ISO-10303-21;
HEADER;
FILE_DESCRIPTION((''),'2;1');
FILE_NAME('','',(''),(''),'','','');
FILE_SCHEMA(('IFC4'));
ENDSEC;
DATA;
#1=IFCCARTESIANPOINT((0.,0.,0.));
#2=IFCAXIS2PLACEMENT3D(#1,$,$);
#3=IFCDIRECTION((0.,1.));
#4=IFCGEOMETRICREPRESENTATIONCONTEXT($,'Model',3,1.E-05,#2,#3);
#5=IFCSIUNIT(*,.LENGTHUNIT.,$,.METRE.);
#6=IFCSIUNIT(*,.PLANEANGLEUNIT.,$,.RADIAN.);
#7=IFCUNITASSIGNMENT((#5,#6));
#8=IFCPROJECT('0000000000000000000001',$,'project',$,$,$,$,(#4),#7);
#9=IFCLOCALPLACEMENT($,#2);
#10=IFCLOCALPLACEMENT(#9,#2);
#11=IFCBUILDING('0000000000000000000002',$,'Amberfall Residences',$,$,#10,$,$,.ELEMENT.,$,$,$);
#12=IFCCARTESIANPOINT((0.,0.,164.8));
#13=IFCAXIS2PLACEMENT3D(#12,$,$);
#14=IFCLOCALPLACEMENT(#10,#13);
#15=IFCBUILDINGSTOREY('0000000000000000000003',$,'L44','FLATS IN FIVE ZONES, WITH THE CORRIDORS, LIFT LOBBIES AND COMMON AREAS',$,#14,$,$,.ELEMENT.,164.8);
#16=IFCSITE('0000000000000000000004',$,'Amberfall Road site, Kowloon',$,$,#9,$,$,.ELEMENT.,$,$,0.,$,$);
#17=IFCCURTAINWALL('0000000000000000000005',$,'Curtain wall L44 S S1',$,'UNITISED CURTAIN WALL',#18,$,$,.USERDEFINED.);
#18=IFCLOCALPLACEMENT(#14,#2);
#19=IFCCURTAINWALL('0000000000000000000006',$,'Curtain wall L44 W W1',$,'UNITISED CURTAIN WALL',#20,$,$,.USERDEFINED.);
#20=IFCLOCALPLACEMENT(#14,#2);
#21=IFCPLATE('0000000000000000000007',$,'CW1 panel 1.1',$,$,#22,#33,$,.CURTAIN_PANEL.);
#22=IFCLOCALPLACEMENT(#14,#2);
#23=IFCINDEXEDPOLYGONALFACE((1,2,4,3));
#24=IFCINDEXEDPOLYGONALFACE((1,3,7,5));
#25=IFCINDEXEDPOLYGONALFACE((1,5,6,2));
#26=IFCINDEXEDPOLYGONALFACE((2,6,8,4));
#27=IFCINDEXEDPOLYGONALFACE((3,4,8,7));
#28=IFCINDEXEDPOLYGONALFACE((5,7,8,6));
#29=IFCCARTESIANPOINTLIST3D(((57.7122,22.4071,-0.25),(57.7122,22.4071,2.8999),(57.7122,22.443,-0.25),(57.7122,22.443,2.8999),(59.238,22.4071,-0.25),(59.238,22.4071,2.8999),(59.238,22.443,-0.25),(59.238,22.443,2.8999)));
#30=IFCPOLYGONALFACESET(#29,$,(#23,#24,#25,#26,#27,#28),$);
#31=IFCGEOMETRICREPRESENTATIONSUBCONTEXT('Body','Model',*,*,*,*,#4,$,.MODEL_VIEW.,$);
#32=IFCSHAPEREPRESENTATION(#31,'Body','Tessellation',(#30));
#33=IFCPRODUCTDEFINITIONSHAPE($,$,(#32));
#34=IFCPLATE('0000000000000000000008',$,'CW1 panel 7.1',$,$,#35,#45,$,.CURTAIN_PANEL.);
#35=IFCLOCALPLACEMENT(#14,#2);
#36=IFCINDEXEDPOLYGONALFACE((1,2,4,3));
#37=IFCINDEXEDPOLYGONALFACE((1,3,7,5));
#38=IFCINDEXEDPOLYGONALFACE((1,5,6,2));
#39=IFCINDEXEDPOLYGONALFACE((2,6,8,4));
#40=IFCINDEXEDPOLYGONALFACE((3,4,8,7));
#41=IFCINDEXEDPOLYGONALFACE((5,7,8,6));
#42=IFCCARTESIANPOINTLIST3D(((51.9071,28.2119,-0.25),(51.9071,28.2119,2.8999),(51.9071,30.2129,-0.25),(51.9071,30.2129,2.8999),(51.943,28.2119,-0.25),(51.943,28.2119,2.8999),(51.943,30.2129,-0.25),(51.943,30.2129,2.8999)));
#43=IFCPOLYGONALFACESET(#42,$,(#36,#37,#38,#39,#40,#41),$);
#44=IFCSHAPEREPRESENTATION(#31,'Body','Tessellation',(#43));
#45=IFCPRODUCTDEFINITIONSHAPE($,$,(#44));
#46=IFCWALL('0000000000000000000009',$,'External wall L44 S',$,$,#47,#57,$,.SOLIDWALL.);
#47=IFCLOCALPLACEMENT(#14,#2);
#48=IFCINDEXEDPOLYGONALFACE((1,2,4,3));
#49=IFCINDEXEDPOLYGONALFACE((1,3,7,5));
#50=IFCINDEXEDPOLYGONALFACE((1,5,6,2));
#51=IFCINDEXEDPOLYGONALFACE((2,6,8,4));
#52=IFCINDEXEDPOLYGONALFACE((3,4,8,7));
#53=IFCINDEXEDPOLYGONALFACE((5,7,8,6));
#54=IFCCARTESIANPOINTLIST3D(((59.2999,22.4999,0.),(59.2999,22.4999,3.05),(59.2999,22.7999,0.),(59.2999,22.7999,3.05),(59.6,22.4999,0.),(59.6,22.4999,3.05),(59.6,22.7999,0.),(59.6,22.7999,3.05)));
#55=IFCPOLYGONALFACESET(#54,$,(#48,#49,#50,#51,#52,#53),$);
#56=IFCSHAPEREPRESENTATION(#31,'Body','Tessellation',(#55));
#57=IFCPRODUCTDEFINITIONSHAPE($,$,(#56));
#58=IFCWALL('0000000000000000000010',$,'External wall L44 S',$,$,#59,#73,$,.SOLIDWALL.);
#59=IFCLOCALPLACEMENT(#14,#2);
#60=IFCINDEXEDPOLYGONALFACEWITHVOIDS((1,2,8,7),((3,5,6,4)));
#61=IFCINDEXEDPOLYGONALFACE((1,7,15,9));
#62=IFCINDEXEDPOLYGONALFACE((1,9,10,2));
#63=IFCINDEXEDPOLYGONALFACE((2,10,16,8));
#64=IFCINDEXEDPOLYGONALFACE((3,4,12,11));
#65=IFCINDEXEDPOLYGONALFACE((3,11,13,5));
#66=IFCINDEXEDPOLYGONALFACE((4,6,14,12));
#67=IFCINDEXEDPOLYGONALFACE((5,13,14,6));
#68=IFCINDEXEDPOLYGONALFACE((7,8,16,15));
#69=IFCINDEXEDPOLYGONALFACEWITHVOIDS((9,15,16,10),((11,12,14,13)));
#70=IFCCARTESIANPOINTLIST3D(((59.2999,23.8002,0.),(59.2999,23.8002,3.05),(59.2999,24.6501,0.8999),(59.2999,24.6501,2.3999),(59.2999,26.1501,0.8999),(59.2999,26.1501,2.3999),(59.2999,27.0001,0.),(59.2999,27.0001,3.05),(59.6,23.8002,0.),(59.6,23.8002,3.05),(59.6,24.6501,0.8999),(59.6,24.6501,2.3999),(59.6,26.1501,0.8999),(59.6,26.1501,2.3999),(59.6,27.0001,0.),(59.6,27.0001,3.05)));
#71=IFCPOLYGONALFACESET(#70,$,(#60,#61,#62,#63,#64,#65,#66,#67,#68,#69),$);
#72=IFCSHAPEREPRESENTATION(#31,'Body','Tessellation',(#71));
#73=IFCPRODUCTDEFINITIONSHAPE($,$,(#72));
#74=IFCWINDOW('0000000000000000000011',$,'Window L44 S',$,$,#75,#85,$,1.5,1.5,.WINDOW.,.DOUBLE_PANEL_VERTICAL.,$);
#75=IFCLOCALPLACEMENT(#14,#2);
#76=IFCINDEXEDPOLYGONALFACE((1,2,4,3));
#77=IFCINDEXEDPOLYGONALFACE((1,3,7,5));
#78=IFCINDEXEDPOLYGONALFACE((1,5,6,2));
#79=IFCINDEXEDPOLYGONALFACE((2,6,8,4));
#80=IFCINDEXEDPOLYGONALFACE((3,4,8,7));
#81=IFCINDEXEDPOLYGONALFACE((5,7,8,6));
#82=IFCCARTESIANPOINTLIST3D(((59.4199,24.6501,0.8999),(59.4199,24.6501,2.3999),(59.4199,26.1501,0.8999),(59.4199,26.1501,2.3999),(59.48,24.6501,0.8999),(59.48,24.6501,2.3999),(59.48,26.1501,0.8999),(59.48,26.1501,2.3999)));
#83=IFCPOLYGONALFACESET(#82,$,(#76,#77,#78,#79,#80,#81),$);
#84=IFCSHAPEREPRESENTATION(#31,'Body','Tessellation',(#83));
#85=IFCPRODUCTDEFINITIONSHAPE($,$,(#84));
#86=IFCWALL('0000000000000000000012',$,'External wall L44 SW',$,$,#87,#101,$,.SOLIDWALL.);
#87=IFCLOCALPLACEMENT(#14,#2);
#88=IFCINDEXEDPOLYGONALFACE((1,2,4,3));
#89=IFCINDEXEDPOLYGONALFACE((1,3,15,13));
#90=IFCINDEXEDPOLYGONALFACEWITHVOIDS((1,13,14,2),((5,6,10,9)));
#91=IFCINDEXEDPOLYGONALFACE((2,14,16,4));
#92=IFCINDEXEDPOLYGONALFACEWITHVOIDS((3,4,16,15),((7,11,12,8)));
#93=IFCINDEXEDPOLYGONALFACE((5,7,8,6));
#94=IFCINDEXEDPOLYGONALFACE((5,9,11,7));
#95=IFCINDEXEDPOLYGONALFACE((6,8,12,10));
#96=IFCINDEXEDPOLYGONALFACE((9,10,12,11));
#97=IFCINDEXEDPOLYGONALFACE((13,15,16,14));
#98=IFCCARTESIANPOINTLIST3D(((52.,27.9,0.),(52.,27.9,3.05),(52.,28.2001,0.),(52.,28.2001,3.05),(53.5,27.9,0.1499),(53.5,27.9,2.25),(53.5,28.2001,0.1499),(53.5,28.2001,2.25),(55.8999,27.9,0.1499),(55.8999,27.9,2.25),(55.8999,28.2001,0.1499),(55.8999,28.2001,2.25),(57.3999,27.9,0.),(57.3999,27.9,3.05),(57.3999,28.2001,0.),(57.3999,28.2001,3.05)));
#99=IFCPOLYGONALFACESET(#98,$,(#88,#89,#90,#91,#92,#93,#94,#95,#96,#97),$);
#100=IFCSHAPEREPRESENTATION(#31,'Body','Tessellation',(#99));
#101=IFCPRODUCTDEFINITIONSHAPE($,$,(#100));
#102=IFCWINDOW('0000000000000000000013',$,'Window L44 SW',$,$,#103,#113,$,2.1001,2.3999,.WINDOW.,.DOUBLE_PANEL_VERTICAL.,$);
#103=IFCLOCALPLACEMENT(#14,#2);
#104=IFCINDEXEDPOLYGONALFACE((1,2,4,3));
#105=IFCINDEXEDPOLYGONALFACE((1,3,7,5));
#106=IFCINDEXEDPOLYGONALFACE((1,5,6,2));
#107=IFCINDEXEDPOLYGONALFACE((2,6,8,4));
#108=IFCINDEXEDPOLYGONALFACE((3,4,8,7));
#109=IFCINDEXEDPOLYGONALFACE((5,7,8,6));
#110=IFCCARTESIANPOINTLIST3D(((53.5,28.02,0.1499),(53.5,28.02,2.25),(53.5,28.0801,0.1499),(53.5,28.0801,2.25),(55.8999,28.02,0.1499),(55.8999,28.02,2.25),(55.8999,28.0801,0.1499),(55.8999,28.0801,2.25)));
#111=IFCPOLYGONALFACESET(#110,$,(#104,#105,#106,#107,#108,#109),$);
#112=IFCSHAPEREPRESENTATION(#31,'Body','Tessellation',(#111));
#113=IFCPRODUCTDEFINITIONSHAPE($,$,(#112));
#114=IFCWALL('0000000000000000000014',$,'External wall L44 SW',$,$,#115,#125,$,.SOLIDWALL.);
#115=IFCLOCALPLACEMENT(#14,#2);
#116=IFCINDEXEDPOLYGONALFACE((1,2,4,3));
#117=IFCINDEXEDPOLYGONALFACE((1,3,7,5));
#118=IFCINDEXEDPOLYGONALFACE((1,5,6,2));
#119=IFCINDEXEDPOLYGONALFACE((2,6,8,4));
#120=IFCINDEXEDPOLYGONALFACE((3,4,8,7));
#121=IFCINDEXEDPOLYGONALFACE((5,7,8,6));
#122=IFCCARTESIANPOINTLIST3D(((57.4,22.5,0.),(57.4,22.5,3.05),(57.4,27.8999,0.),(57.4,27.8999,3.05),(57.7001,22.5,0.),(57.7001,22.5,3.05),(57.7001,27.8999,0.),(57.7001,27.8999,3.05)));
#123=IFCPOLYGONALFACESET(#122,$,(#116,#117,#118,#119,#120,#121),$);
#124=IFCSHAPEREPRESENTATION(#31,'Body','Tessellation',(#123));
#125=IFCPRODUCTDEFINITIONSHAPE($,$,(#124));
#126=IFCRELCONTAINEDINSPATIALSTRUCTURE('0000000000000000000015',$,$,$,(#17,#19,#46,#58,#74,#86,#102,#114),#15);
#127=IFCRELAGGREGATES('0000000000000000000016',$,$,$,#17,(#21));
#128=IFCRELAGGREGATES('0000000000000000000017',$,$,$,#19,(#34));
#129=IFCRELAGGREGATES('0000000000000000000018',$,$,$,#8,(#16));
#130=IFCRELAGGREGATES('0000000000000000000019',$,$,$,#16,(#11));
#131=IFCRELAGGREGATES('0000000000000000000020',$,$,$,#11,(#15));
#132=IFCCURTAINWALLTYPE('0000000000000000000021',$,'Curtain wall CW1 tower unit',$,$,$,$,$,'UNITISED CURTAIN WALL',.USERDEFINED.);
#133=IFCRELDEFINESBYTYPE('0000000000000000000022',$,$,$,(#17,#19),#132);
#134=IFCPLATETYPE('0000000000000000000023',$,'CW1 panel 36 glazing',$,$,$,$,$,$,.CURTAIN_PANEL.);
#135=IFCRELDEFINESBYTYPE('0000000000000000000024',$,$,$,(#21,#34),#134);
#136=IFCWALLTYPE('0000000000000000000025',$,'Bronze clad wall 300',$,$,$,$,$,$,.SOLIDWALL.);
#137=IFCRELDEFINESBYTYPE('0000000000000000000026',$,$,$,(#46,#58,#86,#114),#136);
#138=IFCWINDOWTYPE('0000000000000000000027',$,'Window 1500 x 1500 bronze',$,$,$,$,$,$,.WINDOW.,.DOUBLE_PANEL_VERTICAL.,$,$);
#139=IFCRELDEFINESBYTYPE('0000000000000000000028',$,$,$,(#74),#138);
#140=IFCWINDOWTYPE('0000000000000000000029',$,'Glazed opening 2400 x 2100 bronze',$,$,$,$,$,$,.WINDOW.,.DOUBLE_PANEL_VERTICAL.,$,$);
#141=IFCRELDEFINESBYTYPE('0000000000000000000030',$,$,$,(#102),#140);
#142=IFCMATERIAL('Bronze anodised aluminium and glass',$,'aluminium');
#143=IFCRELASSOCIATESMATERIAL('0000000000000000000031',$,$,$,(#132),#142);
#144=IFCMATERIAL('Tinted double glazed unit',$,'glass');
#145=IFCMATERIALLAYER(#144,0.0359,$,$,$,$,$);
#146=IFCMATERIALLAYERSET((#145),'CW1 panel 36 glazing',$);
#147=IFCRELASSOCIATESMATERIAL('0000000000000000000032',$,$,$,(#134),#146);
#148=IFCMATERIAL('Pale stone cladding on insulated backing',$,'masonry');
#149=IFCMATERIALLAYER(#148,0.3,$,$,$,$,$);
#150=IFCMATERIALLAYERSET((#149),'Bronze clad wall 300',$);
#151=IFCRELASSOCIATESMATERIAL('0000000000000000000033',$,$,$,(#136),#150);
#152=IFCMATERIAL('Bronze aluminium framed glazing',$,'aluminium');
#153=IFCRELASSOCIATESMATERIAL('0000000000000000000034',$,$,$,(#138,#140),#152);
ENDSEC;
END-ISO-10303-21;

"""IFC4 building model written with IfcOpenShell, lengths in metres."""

from ifc_helpers import new_model, si_unit, direction, frame, frame_2d, origin, origin_2d, place, context, subcontext, project, spatial, rectangle, extrude, material, layer, layer_set, type_object, element, fill, aggregate, save


model = new_model("IFC4")

# Units and contexts
model_context = context("Model", 3, precision=1e-05, world=origin(), true_north=direction((0.0, 1.0)))
body_context = subcontext(model_context, "Body", "Model", "MODEL_VIEW")
ifc_project = project(units=[si_unit("LENGTHUNIT", "METRE"), si_unit("PLANEANGLEUNIT", "RADIAN")], contexts=[model_context])

# Site, building, storey
site_placement = place(None, origin())
site = spatial("IfcSite", under=ifc_project, at=site_placement, Name="Amberfall Road site, Kowloon", CompositionType="ELEMENT", RefElevation=0.0)
building_placement = place(site_placement, origin())
building = spatial("IfcBuilding", under=site, at=building_placement, Name="Amberfall Residences", CompositionType="ELEMENT")
storey_placement = place(building_placement, frame((0.0, 0.0, 164.8)))
storey = spatial("IfcBuildingStorey", under=building, at=storey_placement, Name="L44", Description="FLATS IN FIVE ZONES, WITH THE CORRIDORS, LIFT LOBBIES AND COMMON AREAS", CompositionType="ELEMENT", Elevation=164.8)

# Curtain walls
ifc_material_1 = material(Name="Bronze anodised aluminium and glass", Category="aluminium")
curtain_wall_type = type_object("IfcCurtainWallType", Name="Curtain wall CW1 tower unit", ElementType="UNITISED CURTAIN WALL", PredefinedType="USERDEFINED", material=ifc_material_1)
curtain_wall_1_placement = place(storey_placement, origin())
curtain_wall_1 = element("IfcCurtainWall", 1, at=curtain_wall_1_placement, inside=storey, type_object=curtain_wall_type, Name="Curtain wall L44 S S1", ObjectType="UNITISED CURTAIN WALL", PredefinedType="USERDEFINED")
curtain_wall_2_placement = place(storey_placement, origin())
curtain_wall_2 = element("IfcCurtainWall", 2, at=curtain_wall_2_placement, inside=storey, type_object=curtain_wall_type, Name="Curtain wall L44 W W1", ObjectType="UNITISED CURTAIN WALL", PredefinedType="USERDEFINED")

# Plates
ifc_material_2 = material(Name="Tinted double glazed unit", Category="glass")
ifc_layer_1 = layer(ifc_material_2, 0.0359)
ifc_layer_set_1 = layer_set([ifc_layer_1], Name="CW1 panel 36 glazing")
plate_type = type_object("IfcPlateType", Name="CW1 panel 36 glazing", PredefinedType="CURTAIN_PANEL", material=ifc_layer_set_1)
plate_1_placement = place(storey_placement, frame((58.4751, 22.425, -0.25), z_axis=(0.0, 0.0, 1.0), x_axis=(1.0, 0.0, 0.0)))
plate_1 = element("IfcPlate", 3, at=plate_1_placement, type_object=plate_type, Name="CW1 panel 1.1", PredefinedType="CURTAIN_PANEL", context=body_context, shape_type="SweptSolid", body=[
    extrude(rectangle(XDim=1.5259, YDim=0.0359, at=origin_2d()), origin(), (0.0, 0.0, 1.0), 3.1499),
])
aggregate(curtain_wall_1, [plate_1])
plate_2_placement = place(storey_placement, frame((51.925, 29.2124, -0.25), z_axis=(0.0, 0.0, 1.0), x_axis=(0.0, -1.0, 0.0)))
plate_2 = element("IfcPlate", 4, at=plate_2_placement, type_object=plate_type, Name="CW1 panel 7.1", PredefinedType="CURTAIN_PANEL", context=body_context, shape_type="SweptSolid", body=[
    extrude(rectangle(XDim=2.001, YDim=0.0359, at=origin_2d()), origin(), (0.0, 0.0, 1.0), 3.1499),
])
aggregate(curtain_wall_2, [plate_2])

# Wall
ifc_material_3 = material(Name="Pale stone cladding on insulated backing", Category="masonry")
ifc_layer_2 = layer(ifc_material_3, 0.3)
ifc_layer_set_2 = layer_set([ifc_layer_2], Name="Bronze clad wall 300")
wall_type = type_object("IfcWallType", Name="Bronze clad wall 300", PredefinedType="SOLIDWALL", material=ifc_layer_set_2)
wall_1_placement = place(storey_placement, frame((59.45, 22.5, 0.0), z_axis=(0.0, 0.0, 1.0), x_axis=(0.0, 1.0, 0.0)))
element("IfcWall", 5, at=wall_1_placement, inside=storey, type_object=wall_type, Name="External wall L44 S", PredefinedType="SOLIDWALL", context=body_context, shape_type="SweptSolid", body=[
    extrude(rectangle(XDim=0.3, YDim=0.3, at=frame_2d((0.1499, 0.0))), origin(), (0.0, 0.0, 1.0), 3.05),
])

# Walls, openings, windows
wall_2_placement = place(storey_placement, frame((59.45, 23.8, 0.0), z_axis=(0.0, 0.0, 1.0), x_axis=(0.0, 1.0, 0.0)))
wall_2 = element("IfcWall", 6, at=wall_2_placement, inside=storey, type_object=wall_type, Name="External wall L44 S", PredefinedType="SOLIDWALL", context=body_context, shape_type="SweptSolid", body=[
    extrude(rectangle(XDim=3.2, YDim=0.3, at=frame_2d((1.6001, 0.0))), origin(), (0.0, 0.0, 1.0), 3.05),
])
opening_1_placement = place(wall_2_placement, frame((0.8501, 0.0, 0.8999)))
opening_1 = element("IfcOpeningElement", 7, at=opening_1_placement, cuts=wall_2, PredefinedType="OPENING", context=body_context, shape_type="SweptSolid", body=[
    extrude(rectangle(XDim=1.5, YDim=1.5, at=frame_2d((0.75, 0.75))), frame((0.0, 0.1599, 0.0), z_axis=(0.0, -1.0, 0.0), x_axis=(1.0, 0.0, 0.0)), (0.0, 0.0, 1.0), 0.3201),
])
ifc_material_4 = material(Name="Bronze aluminium framed glazing", Category="aluminium")
window_type_1 = type_object("IfcWindowType", Name="Window 1500 x 1500 bronze", PartitioningType="DOUBLE_PANEL_VERTICAL", PredefinedType="WINDOW", material=ifc_material_4)
window_1_placement = place(opening_1_placement, origin())
window_1 = element("IfcWindow", 8, at=window_1_placement, inside=storey, type_object=window_type_1, Name="Window L44 S", OverallHeight=1.5, OverallWidth=1.5, PartitioningType="DOUBLE_PANEL_VERTICAL", PredefinedType="WINDOW", context=body_context, shape_type="SweptSolid", body=[
    extrude(rectangle(XDim=1.5, YDim=1.5, at=frame_2d((0.75, 0.75))), frame((0.0, 0.03, 0.0), z_axis=(0.0, -1.0, 0.0), x_axis=(1.0, 0.0, 0.0)), (0.0, 0.0, 1.0), 0.0601),
])
fill(opening_1, window_1)
wall_3_placement = place(storey_placement, frame((52.0, 28.05, 0.0), z_axis=(0.0, 0.0, 1.0), x_axis=(1.0, 0.0, 0.0)))
wall_3 = element("IfcWall", 9, at=wall_3_placement, inside=storey, type_object=wall_type, Name="External wall L44 SW", PredefinedType="SOLIDWALL", context=body_context, shape_type="SweptSolid", body=[
    extrude(rectangle(XDim=5.3999, YDim=0.3, at=frame_2d((2.7, 0.0))), origin(), (0.0, 0.0, 1.0), 3.05),
])
opening_2_placement = place(wall_3_placement, frame((1.5, 0.0, 0.1499)))
opening_2 = element("IfcOpeningElement", 10, at=opening_2_placement, cuts=wall_3, PredefinedType="OPENING", context=body_context, shape_type="SweptSolid", body=[
    extrude(rectangle(XDim=2.3999, YDim=2.1001, at=frame_2d((1.2, 1.05))), frame((0.0, 0.1599, 0.0), z_axis=(0.0, -1.0, 0.0), x_axis=(1.0, 0.0, 0.0)), (0.0, 0.0, 1.0), 0.3201),
])
window_type_2 = type_object("IfcWindowType", Name="Glazed opening 2400 x 2100 bronze", PartitioningType="DOUBLE_PANEL_VERTICAL", PredefinedType="WINDOW", material=ifc_material_4)
window_2_placement = place(opening_2_placement, origin())
window_2 = element("IfcWindow", 11, at=window_2_placement, inside=storey, type_object=window_type_2, Name="Window L44 SW", OverallHeight=2.1001, OverallWidth=2.3999, PartitioningType="DOUBLE_PANEL_VERTICAL", PredefinedType="WINDOW", context=body_context, shape_type="SweptSolid", body=[
    extrude(rectangle(XDim=2.3999, YDim=2.1001, at=frame_2d((1.2, 1.05))), frame((0.0, 0.03, 0.0), z_axis=(0.0, -1.0, 0.0), x_axis=(1.0, 0.0, 0.0)), (0.0, 0.0, 1.0), 0.0601),
])
fill(opening_2, window_2)

# Wall
wall_4_placement = place(storey_placement, frame((57.55, 27.8999, 0.0), z_axis=(0.0, 0.0, 1.0), x_axis=(0.0, -1.0, 0.0)))
element("IfcWall", 12, at=wall_4_placement, inside=storey, type_object=wall_type, Name="External wall L44 SW", PredefinedType="SOLIDWALL", context=body_context, shape_type="SweptSolid", body=[
    extrude(rectangle(XDim=5.3999, YDim=0.3, at=frame_2d((2.7, 0.0))), origin(), (0.0, 0.0, 1.0), 3.05),
])

save(model, "model.ifc")
